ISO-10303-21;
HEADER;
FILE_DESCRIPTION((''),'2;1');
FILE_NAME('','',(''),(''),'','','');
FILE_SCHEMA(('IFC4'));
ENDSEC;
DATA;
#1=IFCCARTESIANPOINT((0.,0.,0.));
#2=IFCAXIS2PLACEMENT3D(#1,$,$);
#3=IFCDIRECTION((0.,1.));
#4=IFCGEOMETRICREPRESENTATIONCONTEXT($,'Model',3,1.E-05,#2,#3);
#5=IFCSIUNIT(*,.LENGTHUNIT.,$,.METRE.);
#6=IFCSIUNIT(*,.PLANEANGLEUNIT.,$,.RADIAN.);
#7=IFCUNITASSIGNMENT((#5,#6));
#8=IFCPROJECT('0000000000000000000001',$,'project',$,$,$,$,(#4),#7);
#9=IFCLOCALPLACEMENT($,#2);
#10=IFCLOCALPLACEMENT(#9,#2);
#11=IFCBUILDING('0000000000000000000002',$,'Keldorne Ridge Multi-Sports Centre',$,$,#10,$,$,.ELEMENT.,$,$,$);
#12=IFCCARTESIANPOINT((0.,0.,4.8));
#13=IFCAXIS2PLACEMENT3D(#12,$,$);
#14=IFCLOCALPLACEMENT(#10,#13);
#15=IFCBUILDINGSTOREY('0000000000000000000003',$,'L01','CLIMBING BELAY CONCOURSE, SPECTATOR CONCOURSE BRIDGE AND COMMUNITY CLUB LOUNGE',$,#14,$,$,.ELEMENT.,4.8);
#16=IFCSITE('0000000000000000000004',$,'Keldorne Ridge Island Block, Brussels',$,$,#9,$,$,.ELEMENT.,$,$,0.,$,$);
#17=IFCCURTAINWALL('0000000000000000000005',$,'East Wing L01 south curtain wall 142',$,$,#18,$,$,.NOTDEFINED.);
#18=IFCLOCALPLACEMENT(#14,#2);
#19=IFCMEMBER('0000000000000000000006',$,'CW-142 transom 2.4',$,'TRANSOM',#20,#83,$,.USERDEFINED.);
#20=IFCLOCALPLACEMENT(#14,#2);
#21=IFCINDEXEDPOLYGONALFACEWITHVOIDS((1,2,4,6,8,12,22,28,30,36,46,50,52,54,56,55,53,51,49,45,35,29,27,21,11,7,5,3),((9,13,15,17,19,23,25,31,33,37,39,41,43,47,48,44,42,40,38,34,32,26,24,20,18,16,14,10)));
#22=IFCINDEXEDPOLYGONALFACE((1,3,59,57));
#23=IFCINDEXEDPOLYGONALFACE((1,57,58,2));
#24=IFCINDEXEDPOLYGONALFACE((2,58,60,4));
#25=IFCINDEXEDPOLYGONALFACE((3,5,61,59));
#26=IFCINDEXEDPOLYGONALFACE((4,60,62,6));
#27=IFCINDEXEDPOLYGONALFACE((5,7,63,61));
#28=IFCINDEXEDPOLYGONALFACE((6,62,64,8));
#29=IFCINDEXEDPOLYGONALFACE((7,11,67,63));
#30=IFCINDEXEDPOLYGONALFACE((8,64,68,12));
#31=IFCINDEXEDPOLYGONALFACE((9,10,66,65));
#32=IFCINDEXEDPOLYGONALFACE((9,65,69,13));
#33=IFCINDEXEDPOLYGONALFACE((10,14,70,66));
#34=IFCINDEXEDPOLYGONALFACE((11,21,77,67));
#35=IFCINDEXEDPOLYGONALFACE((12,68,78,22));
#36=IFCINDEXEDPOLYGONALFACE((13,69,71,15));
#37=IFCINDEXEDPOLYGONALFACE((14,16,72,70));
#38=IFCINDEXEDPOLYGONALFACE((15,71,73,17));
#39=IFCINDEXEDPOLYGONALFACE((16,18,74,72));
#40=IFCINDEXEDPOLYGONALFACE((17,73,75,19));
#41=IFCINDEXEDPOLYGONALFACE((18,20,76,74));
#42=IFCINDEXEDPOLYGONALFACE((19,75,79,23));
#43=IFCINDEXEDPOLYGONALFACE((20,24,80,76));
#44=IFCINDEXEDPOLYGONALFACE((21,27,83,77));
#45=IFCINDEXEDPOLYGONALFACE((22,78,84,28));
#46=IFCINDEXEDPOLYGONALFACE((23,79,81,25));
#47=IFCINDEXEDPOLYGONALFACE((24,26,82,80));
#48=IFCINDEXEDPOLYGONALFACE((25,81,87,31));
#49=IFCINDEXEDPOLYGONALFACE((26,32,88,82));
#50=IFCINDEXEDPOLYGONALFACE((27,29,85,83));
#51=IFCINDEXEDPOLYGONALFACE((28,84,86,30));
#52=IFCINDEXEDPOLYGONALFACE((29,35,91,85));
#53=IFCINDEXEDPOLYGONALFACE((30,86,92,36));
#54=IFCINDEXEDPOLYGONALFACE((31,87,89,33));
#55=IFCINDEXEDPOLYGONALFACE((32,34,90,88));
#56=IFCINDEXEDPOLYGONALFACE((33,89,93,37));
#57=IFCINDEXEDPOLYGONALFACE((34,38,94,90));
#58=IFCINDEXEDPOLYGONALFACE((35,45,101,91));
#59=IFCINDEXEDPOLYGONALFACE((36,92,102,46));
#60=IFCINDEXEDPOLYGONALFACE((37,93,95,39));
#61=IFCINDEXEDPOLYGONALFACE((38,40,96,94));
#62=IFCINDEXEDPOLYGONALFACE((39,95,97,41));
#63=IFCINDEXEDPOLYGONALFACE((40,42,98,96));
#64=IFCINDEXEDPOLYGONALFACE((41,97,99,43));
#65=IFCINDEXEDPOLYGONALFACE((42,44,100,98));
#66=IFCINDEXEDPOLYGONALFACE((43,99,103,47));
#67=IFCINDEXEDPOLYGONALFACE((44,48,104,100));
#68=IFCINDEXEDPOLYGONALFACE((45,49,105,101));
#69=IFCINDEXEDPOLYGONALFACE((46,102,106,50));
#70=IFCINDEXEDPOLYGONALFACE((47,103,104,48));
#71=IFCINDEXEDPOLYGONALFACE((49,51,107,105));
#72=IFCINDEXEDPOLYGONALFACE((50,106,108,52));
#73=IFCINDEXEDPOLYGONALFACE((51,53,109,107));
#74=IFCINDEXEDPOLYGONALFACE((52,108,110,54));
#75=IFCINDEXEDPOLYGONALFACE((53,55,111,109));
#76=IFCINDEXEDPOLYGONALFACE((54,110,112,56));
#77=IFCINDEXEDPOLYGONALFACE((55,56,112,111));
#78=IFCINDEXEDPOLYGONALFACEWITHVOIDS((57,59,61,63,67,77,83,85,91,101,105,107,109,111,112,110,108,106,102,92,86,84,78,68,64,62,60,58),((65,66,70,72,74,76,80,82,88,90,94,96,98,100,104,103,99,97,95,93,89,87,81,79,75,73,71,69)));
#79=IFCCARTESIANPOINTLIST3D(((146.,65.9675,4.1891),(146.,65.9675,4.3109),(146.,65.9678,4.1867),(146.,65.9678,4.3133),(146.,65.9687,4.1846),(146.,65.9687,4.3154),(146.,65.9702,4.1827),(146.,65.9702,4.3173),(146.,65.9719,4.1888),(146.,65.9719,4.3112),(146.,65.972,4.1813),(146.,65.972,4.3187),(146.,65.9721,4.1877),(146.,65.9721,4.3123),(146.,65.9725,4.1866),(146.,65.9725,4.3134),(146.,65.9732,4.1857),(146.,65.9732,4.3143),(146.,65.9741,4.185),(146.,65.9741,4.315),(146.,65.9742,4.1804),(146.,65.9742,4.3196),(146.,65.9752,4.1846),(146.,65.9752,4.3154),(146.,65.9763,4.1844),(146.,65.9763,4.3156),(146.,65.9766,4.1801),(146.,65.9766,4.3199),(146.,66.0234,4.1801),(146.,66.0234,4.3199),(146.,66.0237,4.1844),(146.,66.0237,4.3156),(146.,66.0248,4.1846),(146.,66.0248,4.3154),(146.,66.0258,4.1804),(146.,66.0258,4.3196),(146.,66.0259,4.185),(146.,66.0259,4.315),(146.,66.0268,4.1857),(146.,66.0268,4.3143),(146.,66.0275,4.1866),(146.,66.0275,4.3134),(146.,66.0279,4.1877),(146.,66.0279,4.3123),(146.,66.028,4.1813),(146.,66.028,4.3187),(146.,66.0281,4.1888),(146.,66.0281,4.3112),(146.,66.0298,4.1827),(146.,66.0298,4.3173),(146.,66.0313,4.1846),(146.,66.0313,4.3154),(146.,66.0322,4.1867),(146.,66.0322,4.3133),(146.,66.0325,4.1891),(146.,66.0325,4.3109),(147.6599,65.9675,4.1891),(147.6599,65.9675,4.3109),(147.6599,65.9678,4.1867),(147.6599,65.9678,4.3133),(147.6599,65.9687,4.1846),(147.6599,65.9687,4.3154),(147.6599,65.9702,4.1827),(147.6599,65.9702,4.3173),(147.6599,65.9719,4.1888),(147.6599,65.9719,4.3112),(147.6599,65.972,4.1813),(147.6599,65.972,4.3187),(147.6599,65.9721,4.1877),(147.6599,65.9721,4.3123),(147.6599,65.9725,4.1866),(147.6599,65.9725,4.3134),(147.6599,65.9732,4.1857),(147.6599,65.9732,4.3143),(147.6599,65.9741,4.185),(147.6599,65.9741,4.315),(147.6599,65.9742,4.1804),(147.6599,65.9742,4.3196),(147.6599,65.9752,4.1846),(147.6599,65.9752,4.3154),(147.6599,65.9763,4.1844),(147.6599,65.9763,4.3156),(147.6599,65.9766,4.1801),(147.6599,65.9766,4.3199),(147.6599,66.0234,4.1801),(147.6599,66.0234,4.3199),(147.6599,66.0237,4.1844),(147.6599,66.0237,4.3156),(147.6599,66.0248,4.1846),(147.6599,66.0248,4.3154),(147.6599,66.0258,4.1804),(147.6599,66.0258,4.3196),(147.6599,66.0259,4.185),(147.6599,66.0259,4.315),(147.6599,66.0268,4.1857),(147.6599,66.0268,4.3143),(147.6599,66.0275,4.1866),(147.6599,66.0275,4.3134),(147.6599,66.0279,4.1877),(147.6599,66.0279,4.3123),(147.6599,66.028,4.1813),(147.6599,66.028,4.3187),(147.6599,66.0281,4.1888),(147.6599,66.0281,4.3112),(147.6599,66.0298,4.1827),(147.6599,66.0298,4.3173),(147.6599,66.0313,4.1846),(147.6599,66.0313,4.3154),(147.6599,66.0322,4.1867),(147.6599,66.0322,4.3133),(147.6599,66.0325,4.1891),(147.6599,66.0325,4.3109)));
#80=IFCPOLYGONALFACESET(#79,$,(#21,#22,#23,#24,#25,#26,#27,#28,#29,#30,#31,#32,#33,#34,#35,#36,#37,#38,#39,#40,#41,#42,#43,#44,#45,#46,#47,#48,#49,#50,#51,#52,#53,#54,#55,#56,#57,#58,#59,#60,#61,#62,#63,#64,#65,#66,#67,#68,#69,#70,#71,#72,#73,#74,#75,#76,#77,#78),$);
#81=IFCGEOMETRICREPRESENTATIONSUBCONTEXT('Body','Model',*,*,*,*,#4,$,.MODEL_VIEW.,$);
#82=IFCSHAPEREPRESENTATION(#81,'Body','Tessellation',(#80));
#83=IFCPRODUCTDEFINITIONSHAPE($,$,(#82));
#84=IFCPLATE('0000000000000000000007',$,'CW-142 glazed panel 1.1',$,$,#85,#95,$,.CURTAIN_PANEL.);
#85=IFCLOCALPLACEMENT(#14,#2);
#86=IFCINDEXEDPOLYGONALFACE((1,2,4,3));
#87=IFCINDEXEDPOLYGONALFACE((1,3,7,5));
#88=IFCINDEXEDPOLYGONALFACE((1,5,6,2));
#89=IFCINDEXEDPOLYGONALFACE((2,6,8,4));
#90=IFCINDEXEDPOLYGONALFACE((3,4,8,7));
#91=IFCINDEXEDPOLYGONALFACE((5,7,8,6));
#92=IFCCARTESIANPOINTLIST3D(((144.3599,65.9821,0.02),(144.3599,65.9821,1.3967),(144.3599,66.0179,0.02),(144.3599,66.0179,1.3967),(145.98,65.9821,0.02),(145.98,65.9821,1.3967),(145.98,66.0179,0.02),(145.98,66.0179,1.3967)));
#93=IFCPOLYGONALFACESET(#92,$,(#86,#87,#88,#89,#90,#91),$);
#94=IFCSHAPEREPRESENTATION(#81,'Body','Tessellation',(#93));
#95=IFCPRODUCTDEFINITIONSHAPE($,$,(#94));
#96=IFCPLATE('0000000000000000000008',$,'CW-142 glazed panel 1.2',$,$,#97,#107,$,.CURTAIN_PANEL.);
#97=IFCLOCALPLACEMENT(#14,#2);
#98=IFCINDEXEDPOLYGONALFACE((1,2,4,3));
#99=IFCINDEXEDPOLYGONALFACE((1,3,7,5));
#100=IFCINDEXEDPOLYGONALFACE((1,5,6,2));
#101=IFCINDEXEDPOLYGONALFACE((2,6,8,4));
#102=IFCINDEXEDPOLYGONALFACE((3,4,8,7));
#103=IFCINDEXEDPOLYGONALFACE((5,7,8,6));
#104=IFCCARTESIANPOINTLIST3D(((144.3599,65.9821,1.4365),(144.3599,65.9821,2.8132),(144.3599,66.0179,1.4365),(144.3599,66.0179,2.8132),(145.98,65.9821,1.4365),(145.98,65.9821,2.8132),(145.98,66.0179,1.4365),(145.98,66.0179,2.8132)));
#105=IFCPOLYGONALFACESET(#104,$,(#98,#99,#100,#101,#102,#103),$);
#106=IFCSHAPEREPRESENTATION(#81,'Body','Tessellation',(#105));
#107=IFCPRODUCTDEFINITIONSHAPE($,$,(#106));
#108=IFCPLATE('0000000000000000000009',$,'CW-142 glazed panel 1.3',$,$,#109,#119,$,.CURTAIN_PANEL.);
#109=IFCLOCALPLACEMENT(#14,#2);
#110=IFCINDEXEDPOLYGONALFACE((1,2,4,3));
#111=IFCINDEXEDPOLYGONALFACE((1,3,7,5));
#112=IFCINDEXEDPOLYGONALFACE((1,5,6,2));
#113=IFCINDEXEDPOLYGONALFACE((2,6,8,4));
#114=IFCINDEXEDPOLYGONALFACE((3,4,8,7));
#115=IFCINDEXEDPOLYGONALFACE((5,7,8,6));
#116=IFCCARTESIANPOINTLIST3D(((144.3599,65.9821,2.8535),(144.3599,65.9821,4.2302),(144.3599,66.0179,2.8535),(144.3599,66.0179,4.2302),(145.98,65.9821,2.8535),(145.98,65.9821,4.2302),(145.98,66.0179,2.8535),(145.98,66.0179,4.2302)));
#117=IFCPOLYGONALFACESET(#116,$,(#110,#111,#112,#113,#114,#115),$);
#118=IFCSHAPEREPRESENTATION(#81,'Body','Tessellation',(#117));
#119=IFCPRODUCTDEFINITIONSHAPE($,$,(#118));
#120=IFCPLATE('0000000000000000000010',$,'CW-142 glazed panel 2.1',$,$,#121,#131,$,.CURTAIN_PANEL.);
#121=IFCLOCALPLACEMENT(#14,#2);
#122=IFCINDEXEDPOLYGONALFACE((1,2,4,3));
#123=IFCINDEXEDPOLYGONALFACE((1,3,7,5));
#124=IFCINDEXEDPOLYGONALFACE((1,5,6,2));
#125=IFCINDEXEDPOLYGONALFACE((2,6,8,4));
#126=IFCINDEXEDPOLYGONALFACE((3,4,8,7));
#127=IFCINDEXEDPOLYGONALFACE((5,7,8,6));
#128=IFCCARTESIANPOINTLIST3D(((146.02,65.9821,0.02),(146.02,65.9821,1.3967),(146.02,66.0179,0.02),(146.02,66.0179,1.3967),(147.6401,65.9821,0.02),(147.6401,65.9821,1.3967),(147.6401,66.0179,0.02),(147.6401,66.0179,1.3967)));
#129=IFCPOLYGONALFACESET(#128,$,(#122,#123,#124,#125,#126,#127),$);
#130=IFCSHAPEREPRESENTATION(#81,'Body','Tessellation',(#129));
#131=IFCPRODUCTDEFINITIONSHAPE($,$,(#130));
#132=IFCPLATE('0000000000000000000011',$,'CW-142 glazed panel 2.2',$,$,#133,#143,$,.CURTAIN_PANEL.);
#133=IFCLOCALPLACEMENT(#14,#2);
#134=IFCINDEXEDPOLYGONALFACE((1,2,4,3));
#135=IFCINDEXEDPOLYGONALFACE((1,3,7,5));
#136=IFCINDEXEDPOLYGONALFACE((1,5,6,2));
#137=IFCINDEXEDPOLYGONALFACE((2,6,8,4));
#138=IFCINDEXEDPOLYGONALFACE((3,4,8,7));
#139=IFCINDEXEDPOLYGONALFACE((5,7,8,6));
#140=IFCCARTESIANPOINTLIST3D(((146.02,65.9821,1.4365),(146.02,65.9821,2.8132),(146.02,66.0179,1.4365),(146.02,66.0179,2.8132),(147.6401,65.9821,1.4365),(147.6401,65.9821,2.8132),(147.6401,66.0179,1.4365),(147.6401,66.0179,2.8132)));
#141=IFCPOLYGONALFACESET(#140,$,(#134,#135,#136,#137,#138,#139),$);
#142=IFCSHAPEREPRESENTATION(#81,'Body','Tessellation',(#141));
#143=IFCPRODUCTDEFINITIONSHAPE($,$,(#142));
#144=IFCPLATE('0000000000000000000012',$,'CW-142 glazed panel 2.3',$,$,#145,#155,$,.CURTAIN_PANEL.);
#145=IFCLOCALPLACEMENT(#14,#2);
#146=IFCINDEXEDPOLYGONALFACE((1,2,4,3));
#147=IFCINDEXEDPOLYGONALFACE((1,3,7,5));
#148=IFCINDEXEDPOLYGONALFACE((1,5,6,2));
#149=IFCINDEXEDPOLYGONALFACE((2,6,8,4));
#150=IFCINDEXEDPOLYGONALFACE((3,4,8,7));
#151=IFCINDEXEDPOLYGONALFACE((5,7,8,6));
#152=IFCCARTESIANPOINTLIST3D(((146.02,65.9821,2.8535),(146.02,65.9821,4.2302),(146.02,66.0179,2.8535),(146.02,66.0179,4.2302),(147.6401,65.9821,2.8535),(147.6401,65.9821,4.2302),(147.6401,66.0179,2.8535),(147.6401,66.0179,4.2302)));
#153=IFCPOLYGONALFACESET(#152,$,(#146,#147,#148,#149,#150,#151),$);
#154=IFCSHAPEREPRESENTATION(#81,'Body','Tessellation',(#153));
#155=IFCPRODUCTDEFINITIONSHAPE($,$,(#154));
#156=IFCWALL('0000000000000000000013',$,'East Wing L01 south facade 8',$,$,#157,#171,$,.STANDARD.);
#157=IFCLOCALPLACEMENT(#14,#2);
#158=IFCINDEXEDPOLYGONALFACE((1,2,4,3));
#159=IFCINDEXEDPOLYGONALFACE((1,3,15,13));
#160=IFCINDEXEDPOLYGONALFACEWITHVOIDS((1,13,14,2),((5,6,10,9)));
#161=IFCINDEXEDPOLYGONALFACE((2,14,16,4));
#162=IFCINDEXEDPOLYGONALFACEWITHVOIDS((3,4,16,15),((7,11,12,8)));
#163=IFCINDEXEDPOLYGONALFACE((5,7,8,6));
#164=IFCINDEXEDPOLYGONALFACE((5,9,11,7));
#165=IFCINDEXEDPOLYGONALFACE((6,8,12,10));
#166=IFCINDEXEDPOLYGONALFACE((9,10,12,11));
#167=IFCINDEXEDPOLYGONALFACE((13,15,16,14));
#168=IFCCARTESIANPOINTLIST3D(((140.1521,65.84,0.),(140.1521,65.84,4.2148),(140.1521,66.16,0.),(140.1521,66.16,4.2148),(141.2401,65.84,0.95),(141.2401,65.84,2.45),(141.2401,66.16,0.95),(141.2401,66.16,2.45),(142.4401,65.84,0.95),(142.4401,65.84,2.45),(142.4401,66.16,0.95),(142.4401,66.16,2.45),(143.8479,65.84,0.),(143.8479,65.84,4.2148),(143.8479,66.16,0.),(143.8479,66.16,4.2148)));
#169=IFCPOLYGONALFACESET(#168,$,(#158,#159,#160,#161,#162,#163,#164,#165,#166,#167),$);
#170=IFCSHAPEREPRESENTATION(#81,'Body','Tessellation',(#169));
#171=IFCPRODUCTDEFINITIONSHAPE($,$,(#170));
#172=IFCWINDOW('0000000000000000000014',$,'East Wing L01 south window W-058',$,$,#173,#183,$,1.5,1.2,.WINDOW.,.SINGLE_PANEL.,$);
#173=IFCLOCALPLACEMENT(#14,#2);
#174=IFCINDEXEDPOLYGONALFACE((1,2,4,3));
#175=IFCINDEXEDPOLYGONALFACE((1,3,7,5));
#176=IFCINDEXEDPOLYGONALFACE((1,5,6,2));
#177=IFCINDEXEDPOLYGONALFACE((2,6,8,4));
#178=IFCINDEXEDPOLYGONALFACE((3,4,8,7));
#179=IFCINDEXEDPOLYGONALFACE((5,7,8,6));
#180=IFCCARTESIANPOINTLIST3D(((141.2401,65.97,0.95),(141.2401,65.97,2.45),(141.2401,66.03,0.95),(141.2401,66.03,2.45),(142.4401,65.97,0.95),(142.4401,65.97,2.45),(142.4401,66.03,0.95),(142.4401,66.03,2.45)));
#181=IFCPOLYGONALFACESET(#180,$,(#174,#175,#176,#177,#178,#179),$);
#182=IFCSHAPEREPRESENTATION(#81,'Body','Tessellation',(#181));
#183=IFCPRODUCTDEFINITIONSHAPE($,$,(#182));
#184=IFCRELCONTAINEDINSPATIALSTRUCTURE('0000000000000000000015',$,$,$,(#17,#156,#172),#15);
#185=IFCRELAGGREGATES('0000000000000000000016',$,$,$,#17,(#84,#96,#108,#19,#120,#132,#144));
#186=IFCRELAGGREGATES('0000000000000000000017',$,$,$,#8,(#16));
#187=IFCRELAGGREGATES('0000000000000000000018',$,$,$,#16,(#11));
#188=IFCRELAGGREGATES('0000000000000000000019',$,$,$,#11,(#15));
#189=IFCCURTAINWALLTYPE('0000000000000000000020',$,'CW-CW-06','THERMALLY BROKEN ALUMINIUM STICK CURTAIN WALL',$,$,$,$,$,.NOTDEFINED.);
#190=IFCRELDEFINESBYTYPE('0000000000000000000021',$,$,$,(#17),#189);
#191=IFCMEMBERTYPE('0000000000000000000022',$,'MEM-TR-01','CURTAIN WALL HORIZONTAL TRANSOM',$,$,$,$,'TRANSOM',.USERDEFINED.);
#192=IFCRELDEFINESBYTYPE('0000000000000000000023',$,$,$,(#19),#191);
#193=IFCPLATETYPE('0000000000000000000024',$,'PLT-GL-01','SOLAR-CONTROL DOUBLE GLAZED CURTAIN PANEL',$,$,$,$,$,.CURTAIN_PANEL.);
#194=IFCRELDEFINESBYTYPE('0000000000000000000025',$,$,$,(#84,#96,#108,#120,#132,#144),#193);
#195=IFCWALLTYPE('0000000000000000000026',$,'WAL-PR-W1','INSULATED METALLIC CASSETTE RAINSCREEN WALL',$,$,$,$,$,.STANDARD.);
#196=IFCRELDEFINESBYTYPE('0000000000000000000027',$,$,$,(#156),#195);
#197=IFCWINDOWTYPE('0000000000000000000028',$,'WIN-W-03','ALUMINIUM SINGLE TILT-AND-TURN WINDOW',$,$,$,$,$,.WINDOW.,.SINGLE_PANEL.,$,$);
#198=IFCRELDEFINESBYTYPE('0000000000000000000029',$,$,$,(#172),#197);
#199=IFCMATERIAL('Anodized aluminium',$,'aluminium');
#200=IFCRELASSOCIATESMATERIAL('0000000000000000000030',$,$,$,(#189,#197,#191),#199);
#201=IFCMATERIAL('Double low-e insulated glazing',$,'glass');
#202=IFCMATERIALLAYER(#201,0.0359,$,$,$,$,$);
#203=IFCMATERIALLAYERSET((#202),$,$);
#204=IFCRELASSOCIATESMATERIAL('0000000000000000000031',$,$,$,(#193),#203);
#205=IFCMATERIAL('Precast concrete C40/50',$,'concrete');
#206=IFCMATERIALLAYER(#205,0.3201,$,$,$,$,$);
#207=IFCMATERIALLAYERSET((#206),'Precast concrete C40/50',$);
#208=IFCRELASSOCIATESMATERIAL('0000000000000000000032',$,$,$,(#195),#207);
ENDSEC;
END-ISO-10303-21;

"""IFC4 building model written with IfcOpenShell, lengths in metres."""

from ifc_helpers import new_model, si_unit, direction, frame, frame_2d, origin, origin_2d, place, context, subcontext, project, spatial, rectangle, hollow_rectangle, extrude, material, layer, layer_set, material_profile, profile_set, type_object, element, fill, aggregate, save


model = new_model("IFC4")

# Units and contexts
model_context = context("Model", 3, precision=1e-05, world=origin(), true_north=direction((0.0, 1.0)))
body_context = subcontext(model_context, "Body", "Model", "MODEL_VIEW")
ifc_project = project(units=[si_unit("LENGTHUNIT", "METRE"), si_unit("PLANEANGLEUNIT", "RADIAN")], contexts=[model_context])

# Site, building, storey
site_placement = place(None, origin())
site = spatial("IfcSite", under=ifc_project, at=site_placement, Name="Keldorne Ridge Island Block, Brussels", CompositionType="ELEMENT", RefElevation=0.0)
building_placement = place(site_placement, origin())
building = spatial("IfcBuilding", under=site, at=building_placement, Name="Keldorne Ridge Multi-Sports Centre", CompositionType="ELEMENT")
storey_placement = place(building_placement, frame((0.0, 0.0, 4.8)))
storey = spatial("IfcBuildingStorey", under=building, at=storey_placement, Name="L01", Description="CLIMBING BELAY CONCOURSE, SPECTATOR CONCOURSE BRIDGE AND COMMUNITY CLUB LOUNGE", CompositionType="ELEMENT", Elevation=4.8)

# Shared definitions
ifc_material_1 = material(Name="Anodized aluminium", Category="aluminium")

# Curtain wall, member, plates
curtain_wall_type_1 = type_object("IfcCurtainWallType", Name="CW-CW-06", Description="THERMALLY BROKEN ALUMINIUM STICK CURTAIN WALL", PredefinedType="NOTDEFINED", material=ifc_material_1)
curtain_wall_1_placement = place(storey_placement, origin())
curtain_wall_1 = element("IfcCurtainWall", 1, at=curtain_wall_1_placement, inside=storey, type_object=curtain_wall_type_1, Name="East Wing L01 south curtain wall 142", PredefinedType="NOTDEFINED")
ifc_material_profile_1 = material_profile(ifc_material_1, hollow_rectangle(XDim=0.0649, YDim=0.1399, WallThickness=0.0044, InnerFilletRadius=0.0044, OuterFilletRadius=0.009, at=origin_2d()), Name="ALU TRANSOM 140x65x4.5")
ifc_profile_set_1 = profile_set([ifc_material_profile_1], Name="Anodized aluminium")
member_type_1 = type_object("IfcMemberType", Name="MEM-TR-01", Description="CURTAIN WALL HORIZONTAL TRANSOM", ElementType="TRANSOM", PredefinedType="USERDEFINED", material=ifc_profile_set_1)
member_1_placement = place(storey_placement, frame((146.0, 66.0, 4.25), z_axis=(1.0, 0.0, 0.0), x_axis=(0.0, 1.0, 0.0)))
member_1 = element("IfcMember", 2, at=member_1_placement, type_object=member_type_1, Name="CW-142 transom 2.4", ObjectType="TRANSOM", PredefinedType="USERDEFINED", context=body_context, shape_type="SweptSolid", body=[
    extrude(hollow_rectangle(XDim=0.0649, YDim=0.1399, WallThickness=0.0044, InnerFilletRadius=0.0044, OuterFilletRadius=0.009, at=origin_2d()), origin(), (0.0, 0.0, 1.0), 1.6599),
])
ifc_material_2 = material(Name="Double low-e insulated glazing", Category="glass")
ifc_layer_1 = layer(ifc_material_2, 0.0359)
ifc_layer_set_1 = layer_set([ifc_layer_1])
plate_type = type_object("IfcPlateType", Name="PLT-GL-01", Description="SOLAR-CONTROL DOUBLE GLAZED CURTAIN PANEL", PredefinedType="CURTAIN_PANEL", material=ifc_layer_set_1)
plate_1_placement = place(storey_placement, frame((145.1699, 66.0, 0.02), z_axis=(0.0, 0.0, 1.0), x_axis=(1.0, 0.0, 0.0)))
plate_1 = element("IfcPlate", 3, at=plate_1_placement, type_object=plate_type, Name="CW-142 glazed panel 1.1", PredefinedType="CURTAIN_PANEL", context=body_context, shape_type="SweptSolid", body=[
    extrude(rectangle(XDim=1.6201, YDim=0.0359, at=origin_2d()), origin(), (0.0, 0.0, 1.0), 1.3767),
])
plate_2_placement = place(storey_placement, frame((145.1699, 66.0, 1.4365), z_axis=(0.0, 0.0, 1.0), x_axis=(1.0, 0.0, 0.0)))
plate_2 = element("IfcPlate", 4, at=plate_2_placement, type_object=plate_type, Name="CW-142 glazed panel 1.2", PredefinedType="CURTAIN_PANEL", context=body_context, shape_type="SweptSolid", body=[
    extrude(rectangle(XDim=1.6201, YDim=0.0359, at=origin_2d()), origin(), (0.0, 0.0, 1.0), 1.3767),
])
plate_3_placement = place(storey_placement, frame((145.1699, 66.0, 2.8535), z_axis=(0.0, 0.0, 1.0), x_axis=(1.0, 0.0, 0.0)))
plate_3 = element("IfcPlate", 5, at=plate_3_placement, type_object=plate_type, Name="CW-142 glazed panel 1.3", PredefinedType="CURTAIN_PANEL", context=body_context, shape_type="SweptSolid", body=[
    extrude(rectangle(XDim=1.6201, YDim=0.0359, at=origin_2d()), origin(), (0.0, 0.0, 1.0), 1.3767),
])
plate_4_placement = place(storey_placement, frame((146.8301, 66.0, 0.02), z_axis=(0.0, 0.0, 1.0), x_axis=(1.0, 0.0, 0.0)))
plate_4 = element("IfcPlate", 6, at=plate_4_placement, type_object=plate_type, Name="CW-142 glazed panel 2.1", PredefinedType="CURTAIN_PANEL", context=body_context, shape_type="SweptSolid", body=[
    extrude(rectangle(XDim=1.6201, YDim=0.0359, at=origin_2d()), origin(), (0.0, 0.0, 1.0), 1.3767),
])
plate_5_placement = place(storey_placement, frame((146.8301, 66.0, 1.4365), z_axis=(0.0, 0.0, 1.0), x_axis=(1.0, 0.0, 0.0)))
plate_5 = element("IfcPlate", 7, at=plate_5_placement, type_object=plate_type, Name="CW-142 glazed panel 2.2", PredefinedType="CURTAIN_PANEL", context=body_context, shape_type="SweptSolid", body=[
    extrude(rectangle(XDim=1.6201, YDim=0.0359, at=origin_2d()), origin(), (0.0, 0.0, 1.0), 1.3767),
])
plate_6_placement = place(storey_placement, frame((146.8301, 66.0, 2.8535), z_axis=(0.0, 0.0, 1.0), x_axis=(1.0, 0.0, 0.0)))
plate_6 = element("IfcPlate", 8, at=plate_6_placement, type_object=plate_type, Name="CW-142 glazed panel 2.3", PredefinedType="CURTAIN_PANEL", context=body_context, shape_type="SweptSolid", body=[
    extrude(rectangle(XDim=1.6201, YDim=0.0359, at=origin_2d()), origin(), (0.0, 0.0, 1.0), 1.3767),
])
aggregate(curtain_wall_1, [plate_1, plate_2, plate_3, member_1, plate_4, plate_5, plate_6])

# Wall, opening, window
ifc_material_3 = material(Name="Precast concrete C40/50", Category="concrete")
ifc_layer_2 = layer(ifc_material_3, 0.3201)
ifc_layer_set_2 = layer_set([ifc_layer_2], Name="Precast concrete C40/50")
wall_type = type_object("IfcWallType", Name="WAL-PR-W1", Description="INSULATED METALLIC CASSETTE RAINSCREEN WALL", PredefinedType="STANDARD", material=ifc_layer_set_2)
wall_1_placement = place(storey_placement, frame((140.1521, 66.0, 0.0), z_axis=(0.0, 0.0, 1.0), x_axis=(1.0, 0.0, 0.0)))
wall_1 = element("IfcWall", 9, at=wall_1_placement, inside=storey, type_object=wall_type, Name="East Wing L01 south facade 8", PredefinedType="STANDARD", context=body_context, shape_type="SweptSolid", body=[
    extrude(rectangle(XDim=3.6958, YDim=0.3201, at=frame_2d((1.8479, 0.0))), origin(), (0.0, 0.0, 1.0), 4.2148),
])
opening_1_placement = place(wall_1_placement, frame((1.0879, 0.0, 0.95)))
opening_1 = element("IfcOpeningElement", 10, at=opening_1_placement, cuts=wall_1, PredefinedType="OPENING", context=body_context, shape_type="SweptSolid", body=[
    extrude(rectangle(XDim=1.2, YDim=1.5, at=frame_2d((0.6001, 0.75))), frame((0.0, 0.1699, 0.0), z_axis=(0.0, -1.0, 0.0), x_axis=(1.0, 0.0, 0.0)), (0.0, 0.0, 1.0), 0.3401),
])
window_type = type_object("IfcWindowType", Name="WIN-W-03", Description="ALUMINIUM SINGLE TILT-AND-TURN WINDOW", PartitioningType="SINGLE_PANEL", PredefinedType="WINDOW", material=ifc_material_1)
window_1_placement = place(opening_1_placement, origin())
window_1 = element("IfcWindow", 11, at=window_1_placement, inside=storey, type_object=window_type, Name="East Wing L01 south window W-058", OverallHeight=1.5, OverallWidth=1.2, PartitioningType="SINGLE_PANEL", PredefinedType="WINDOW", context=body_context, shape_type="SweptSolid", body=[
    extrude(rectangle(XDim=1.2, YDim=1.5, at=frame_2d((0.6001, 0.75))), frame((0.0, 0.03, 0.0), z_axis=(0.0, -1.0, 0.0), x_axis=(1.0, 0.0, 0.0)), (0.0, 0.0, 1.0), 0.0601),
])
fill(opening_1, window_1)

save(model, "model.ifc")
